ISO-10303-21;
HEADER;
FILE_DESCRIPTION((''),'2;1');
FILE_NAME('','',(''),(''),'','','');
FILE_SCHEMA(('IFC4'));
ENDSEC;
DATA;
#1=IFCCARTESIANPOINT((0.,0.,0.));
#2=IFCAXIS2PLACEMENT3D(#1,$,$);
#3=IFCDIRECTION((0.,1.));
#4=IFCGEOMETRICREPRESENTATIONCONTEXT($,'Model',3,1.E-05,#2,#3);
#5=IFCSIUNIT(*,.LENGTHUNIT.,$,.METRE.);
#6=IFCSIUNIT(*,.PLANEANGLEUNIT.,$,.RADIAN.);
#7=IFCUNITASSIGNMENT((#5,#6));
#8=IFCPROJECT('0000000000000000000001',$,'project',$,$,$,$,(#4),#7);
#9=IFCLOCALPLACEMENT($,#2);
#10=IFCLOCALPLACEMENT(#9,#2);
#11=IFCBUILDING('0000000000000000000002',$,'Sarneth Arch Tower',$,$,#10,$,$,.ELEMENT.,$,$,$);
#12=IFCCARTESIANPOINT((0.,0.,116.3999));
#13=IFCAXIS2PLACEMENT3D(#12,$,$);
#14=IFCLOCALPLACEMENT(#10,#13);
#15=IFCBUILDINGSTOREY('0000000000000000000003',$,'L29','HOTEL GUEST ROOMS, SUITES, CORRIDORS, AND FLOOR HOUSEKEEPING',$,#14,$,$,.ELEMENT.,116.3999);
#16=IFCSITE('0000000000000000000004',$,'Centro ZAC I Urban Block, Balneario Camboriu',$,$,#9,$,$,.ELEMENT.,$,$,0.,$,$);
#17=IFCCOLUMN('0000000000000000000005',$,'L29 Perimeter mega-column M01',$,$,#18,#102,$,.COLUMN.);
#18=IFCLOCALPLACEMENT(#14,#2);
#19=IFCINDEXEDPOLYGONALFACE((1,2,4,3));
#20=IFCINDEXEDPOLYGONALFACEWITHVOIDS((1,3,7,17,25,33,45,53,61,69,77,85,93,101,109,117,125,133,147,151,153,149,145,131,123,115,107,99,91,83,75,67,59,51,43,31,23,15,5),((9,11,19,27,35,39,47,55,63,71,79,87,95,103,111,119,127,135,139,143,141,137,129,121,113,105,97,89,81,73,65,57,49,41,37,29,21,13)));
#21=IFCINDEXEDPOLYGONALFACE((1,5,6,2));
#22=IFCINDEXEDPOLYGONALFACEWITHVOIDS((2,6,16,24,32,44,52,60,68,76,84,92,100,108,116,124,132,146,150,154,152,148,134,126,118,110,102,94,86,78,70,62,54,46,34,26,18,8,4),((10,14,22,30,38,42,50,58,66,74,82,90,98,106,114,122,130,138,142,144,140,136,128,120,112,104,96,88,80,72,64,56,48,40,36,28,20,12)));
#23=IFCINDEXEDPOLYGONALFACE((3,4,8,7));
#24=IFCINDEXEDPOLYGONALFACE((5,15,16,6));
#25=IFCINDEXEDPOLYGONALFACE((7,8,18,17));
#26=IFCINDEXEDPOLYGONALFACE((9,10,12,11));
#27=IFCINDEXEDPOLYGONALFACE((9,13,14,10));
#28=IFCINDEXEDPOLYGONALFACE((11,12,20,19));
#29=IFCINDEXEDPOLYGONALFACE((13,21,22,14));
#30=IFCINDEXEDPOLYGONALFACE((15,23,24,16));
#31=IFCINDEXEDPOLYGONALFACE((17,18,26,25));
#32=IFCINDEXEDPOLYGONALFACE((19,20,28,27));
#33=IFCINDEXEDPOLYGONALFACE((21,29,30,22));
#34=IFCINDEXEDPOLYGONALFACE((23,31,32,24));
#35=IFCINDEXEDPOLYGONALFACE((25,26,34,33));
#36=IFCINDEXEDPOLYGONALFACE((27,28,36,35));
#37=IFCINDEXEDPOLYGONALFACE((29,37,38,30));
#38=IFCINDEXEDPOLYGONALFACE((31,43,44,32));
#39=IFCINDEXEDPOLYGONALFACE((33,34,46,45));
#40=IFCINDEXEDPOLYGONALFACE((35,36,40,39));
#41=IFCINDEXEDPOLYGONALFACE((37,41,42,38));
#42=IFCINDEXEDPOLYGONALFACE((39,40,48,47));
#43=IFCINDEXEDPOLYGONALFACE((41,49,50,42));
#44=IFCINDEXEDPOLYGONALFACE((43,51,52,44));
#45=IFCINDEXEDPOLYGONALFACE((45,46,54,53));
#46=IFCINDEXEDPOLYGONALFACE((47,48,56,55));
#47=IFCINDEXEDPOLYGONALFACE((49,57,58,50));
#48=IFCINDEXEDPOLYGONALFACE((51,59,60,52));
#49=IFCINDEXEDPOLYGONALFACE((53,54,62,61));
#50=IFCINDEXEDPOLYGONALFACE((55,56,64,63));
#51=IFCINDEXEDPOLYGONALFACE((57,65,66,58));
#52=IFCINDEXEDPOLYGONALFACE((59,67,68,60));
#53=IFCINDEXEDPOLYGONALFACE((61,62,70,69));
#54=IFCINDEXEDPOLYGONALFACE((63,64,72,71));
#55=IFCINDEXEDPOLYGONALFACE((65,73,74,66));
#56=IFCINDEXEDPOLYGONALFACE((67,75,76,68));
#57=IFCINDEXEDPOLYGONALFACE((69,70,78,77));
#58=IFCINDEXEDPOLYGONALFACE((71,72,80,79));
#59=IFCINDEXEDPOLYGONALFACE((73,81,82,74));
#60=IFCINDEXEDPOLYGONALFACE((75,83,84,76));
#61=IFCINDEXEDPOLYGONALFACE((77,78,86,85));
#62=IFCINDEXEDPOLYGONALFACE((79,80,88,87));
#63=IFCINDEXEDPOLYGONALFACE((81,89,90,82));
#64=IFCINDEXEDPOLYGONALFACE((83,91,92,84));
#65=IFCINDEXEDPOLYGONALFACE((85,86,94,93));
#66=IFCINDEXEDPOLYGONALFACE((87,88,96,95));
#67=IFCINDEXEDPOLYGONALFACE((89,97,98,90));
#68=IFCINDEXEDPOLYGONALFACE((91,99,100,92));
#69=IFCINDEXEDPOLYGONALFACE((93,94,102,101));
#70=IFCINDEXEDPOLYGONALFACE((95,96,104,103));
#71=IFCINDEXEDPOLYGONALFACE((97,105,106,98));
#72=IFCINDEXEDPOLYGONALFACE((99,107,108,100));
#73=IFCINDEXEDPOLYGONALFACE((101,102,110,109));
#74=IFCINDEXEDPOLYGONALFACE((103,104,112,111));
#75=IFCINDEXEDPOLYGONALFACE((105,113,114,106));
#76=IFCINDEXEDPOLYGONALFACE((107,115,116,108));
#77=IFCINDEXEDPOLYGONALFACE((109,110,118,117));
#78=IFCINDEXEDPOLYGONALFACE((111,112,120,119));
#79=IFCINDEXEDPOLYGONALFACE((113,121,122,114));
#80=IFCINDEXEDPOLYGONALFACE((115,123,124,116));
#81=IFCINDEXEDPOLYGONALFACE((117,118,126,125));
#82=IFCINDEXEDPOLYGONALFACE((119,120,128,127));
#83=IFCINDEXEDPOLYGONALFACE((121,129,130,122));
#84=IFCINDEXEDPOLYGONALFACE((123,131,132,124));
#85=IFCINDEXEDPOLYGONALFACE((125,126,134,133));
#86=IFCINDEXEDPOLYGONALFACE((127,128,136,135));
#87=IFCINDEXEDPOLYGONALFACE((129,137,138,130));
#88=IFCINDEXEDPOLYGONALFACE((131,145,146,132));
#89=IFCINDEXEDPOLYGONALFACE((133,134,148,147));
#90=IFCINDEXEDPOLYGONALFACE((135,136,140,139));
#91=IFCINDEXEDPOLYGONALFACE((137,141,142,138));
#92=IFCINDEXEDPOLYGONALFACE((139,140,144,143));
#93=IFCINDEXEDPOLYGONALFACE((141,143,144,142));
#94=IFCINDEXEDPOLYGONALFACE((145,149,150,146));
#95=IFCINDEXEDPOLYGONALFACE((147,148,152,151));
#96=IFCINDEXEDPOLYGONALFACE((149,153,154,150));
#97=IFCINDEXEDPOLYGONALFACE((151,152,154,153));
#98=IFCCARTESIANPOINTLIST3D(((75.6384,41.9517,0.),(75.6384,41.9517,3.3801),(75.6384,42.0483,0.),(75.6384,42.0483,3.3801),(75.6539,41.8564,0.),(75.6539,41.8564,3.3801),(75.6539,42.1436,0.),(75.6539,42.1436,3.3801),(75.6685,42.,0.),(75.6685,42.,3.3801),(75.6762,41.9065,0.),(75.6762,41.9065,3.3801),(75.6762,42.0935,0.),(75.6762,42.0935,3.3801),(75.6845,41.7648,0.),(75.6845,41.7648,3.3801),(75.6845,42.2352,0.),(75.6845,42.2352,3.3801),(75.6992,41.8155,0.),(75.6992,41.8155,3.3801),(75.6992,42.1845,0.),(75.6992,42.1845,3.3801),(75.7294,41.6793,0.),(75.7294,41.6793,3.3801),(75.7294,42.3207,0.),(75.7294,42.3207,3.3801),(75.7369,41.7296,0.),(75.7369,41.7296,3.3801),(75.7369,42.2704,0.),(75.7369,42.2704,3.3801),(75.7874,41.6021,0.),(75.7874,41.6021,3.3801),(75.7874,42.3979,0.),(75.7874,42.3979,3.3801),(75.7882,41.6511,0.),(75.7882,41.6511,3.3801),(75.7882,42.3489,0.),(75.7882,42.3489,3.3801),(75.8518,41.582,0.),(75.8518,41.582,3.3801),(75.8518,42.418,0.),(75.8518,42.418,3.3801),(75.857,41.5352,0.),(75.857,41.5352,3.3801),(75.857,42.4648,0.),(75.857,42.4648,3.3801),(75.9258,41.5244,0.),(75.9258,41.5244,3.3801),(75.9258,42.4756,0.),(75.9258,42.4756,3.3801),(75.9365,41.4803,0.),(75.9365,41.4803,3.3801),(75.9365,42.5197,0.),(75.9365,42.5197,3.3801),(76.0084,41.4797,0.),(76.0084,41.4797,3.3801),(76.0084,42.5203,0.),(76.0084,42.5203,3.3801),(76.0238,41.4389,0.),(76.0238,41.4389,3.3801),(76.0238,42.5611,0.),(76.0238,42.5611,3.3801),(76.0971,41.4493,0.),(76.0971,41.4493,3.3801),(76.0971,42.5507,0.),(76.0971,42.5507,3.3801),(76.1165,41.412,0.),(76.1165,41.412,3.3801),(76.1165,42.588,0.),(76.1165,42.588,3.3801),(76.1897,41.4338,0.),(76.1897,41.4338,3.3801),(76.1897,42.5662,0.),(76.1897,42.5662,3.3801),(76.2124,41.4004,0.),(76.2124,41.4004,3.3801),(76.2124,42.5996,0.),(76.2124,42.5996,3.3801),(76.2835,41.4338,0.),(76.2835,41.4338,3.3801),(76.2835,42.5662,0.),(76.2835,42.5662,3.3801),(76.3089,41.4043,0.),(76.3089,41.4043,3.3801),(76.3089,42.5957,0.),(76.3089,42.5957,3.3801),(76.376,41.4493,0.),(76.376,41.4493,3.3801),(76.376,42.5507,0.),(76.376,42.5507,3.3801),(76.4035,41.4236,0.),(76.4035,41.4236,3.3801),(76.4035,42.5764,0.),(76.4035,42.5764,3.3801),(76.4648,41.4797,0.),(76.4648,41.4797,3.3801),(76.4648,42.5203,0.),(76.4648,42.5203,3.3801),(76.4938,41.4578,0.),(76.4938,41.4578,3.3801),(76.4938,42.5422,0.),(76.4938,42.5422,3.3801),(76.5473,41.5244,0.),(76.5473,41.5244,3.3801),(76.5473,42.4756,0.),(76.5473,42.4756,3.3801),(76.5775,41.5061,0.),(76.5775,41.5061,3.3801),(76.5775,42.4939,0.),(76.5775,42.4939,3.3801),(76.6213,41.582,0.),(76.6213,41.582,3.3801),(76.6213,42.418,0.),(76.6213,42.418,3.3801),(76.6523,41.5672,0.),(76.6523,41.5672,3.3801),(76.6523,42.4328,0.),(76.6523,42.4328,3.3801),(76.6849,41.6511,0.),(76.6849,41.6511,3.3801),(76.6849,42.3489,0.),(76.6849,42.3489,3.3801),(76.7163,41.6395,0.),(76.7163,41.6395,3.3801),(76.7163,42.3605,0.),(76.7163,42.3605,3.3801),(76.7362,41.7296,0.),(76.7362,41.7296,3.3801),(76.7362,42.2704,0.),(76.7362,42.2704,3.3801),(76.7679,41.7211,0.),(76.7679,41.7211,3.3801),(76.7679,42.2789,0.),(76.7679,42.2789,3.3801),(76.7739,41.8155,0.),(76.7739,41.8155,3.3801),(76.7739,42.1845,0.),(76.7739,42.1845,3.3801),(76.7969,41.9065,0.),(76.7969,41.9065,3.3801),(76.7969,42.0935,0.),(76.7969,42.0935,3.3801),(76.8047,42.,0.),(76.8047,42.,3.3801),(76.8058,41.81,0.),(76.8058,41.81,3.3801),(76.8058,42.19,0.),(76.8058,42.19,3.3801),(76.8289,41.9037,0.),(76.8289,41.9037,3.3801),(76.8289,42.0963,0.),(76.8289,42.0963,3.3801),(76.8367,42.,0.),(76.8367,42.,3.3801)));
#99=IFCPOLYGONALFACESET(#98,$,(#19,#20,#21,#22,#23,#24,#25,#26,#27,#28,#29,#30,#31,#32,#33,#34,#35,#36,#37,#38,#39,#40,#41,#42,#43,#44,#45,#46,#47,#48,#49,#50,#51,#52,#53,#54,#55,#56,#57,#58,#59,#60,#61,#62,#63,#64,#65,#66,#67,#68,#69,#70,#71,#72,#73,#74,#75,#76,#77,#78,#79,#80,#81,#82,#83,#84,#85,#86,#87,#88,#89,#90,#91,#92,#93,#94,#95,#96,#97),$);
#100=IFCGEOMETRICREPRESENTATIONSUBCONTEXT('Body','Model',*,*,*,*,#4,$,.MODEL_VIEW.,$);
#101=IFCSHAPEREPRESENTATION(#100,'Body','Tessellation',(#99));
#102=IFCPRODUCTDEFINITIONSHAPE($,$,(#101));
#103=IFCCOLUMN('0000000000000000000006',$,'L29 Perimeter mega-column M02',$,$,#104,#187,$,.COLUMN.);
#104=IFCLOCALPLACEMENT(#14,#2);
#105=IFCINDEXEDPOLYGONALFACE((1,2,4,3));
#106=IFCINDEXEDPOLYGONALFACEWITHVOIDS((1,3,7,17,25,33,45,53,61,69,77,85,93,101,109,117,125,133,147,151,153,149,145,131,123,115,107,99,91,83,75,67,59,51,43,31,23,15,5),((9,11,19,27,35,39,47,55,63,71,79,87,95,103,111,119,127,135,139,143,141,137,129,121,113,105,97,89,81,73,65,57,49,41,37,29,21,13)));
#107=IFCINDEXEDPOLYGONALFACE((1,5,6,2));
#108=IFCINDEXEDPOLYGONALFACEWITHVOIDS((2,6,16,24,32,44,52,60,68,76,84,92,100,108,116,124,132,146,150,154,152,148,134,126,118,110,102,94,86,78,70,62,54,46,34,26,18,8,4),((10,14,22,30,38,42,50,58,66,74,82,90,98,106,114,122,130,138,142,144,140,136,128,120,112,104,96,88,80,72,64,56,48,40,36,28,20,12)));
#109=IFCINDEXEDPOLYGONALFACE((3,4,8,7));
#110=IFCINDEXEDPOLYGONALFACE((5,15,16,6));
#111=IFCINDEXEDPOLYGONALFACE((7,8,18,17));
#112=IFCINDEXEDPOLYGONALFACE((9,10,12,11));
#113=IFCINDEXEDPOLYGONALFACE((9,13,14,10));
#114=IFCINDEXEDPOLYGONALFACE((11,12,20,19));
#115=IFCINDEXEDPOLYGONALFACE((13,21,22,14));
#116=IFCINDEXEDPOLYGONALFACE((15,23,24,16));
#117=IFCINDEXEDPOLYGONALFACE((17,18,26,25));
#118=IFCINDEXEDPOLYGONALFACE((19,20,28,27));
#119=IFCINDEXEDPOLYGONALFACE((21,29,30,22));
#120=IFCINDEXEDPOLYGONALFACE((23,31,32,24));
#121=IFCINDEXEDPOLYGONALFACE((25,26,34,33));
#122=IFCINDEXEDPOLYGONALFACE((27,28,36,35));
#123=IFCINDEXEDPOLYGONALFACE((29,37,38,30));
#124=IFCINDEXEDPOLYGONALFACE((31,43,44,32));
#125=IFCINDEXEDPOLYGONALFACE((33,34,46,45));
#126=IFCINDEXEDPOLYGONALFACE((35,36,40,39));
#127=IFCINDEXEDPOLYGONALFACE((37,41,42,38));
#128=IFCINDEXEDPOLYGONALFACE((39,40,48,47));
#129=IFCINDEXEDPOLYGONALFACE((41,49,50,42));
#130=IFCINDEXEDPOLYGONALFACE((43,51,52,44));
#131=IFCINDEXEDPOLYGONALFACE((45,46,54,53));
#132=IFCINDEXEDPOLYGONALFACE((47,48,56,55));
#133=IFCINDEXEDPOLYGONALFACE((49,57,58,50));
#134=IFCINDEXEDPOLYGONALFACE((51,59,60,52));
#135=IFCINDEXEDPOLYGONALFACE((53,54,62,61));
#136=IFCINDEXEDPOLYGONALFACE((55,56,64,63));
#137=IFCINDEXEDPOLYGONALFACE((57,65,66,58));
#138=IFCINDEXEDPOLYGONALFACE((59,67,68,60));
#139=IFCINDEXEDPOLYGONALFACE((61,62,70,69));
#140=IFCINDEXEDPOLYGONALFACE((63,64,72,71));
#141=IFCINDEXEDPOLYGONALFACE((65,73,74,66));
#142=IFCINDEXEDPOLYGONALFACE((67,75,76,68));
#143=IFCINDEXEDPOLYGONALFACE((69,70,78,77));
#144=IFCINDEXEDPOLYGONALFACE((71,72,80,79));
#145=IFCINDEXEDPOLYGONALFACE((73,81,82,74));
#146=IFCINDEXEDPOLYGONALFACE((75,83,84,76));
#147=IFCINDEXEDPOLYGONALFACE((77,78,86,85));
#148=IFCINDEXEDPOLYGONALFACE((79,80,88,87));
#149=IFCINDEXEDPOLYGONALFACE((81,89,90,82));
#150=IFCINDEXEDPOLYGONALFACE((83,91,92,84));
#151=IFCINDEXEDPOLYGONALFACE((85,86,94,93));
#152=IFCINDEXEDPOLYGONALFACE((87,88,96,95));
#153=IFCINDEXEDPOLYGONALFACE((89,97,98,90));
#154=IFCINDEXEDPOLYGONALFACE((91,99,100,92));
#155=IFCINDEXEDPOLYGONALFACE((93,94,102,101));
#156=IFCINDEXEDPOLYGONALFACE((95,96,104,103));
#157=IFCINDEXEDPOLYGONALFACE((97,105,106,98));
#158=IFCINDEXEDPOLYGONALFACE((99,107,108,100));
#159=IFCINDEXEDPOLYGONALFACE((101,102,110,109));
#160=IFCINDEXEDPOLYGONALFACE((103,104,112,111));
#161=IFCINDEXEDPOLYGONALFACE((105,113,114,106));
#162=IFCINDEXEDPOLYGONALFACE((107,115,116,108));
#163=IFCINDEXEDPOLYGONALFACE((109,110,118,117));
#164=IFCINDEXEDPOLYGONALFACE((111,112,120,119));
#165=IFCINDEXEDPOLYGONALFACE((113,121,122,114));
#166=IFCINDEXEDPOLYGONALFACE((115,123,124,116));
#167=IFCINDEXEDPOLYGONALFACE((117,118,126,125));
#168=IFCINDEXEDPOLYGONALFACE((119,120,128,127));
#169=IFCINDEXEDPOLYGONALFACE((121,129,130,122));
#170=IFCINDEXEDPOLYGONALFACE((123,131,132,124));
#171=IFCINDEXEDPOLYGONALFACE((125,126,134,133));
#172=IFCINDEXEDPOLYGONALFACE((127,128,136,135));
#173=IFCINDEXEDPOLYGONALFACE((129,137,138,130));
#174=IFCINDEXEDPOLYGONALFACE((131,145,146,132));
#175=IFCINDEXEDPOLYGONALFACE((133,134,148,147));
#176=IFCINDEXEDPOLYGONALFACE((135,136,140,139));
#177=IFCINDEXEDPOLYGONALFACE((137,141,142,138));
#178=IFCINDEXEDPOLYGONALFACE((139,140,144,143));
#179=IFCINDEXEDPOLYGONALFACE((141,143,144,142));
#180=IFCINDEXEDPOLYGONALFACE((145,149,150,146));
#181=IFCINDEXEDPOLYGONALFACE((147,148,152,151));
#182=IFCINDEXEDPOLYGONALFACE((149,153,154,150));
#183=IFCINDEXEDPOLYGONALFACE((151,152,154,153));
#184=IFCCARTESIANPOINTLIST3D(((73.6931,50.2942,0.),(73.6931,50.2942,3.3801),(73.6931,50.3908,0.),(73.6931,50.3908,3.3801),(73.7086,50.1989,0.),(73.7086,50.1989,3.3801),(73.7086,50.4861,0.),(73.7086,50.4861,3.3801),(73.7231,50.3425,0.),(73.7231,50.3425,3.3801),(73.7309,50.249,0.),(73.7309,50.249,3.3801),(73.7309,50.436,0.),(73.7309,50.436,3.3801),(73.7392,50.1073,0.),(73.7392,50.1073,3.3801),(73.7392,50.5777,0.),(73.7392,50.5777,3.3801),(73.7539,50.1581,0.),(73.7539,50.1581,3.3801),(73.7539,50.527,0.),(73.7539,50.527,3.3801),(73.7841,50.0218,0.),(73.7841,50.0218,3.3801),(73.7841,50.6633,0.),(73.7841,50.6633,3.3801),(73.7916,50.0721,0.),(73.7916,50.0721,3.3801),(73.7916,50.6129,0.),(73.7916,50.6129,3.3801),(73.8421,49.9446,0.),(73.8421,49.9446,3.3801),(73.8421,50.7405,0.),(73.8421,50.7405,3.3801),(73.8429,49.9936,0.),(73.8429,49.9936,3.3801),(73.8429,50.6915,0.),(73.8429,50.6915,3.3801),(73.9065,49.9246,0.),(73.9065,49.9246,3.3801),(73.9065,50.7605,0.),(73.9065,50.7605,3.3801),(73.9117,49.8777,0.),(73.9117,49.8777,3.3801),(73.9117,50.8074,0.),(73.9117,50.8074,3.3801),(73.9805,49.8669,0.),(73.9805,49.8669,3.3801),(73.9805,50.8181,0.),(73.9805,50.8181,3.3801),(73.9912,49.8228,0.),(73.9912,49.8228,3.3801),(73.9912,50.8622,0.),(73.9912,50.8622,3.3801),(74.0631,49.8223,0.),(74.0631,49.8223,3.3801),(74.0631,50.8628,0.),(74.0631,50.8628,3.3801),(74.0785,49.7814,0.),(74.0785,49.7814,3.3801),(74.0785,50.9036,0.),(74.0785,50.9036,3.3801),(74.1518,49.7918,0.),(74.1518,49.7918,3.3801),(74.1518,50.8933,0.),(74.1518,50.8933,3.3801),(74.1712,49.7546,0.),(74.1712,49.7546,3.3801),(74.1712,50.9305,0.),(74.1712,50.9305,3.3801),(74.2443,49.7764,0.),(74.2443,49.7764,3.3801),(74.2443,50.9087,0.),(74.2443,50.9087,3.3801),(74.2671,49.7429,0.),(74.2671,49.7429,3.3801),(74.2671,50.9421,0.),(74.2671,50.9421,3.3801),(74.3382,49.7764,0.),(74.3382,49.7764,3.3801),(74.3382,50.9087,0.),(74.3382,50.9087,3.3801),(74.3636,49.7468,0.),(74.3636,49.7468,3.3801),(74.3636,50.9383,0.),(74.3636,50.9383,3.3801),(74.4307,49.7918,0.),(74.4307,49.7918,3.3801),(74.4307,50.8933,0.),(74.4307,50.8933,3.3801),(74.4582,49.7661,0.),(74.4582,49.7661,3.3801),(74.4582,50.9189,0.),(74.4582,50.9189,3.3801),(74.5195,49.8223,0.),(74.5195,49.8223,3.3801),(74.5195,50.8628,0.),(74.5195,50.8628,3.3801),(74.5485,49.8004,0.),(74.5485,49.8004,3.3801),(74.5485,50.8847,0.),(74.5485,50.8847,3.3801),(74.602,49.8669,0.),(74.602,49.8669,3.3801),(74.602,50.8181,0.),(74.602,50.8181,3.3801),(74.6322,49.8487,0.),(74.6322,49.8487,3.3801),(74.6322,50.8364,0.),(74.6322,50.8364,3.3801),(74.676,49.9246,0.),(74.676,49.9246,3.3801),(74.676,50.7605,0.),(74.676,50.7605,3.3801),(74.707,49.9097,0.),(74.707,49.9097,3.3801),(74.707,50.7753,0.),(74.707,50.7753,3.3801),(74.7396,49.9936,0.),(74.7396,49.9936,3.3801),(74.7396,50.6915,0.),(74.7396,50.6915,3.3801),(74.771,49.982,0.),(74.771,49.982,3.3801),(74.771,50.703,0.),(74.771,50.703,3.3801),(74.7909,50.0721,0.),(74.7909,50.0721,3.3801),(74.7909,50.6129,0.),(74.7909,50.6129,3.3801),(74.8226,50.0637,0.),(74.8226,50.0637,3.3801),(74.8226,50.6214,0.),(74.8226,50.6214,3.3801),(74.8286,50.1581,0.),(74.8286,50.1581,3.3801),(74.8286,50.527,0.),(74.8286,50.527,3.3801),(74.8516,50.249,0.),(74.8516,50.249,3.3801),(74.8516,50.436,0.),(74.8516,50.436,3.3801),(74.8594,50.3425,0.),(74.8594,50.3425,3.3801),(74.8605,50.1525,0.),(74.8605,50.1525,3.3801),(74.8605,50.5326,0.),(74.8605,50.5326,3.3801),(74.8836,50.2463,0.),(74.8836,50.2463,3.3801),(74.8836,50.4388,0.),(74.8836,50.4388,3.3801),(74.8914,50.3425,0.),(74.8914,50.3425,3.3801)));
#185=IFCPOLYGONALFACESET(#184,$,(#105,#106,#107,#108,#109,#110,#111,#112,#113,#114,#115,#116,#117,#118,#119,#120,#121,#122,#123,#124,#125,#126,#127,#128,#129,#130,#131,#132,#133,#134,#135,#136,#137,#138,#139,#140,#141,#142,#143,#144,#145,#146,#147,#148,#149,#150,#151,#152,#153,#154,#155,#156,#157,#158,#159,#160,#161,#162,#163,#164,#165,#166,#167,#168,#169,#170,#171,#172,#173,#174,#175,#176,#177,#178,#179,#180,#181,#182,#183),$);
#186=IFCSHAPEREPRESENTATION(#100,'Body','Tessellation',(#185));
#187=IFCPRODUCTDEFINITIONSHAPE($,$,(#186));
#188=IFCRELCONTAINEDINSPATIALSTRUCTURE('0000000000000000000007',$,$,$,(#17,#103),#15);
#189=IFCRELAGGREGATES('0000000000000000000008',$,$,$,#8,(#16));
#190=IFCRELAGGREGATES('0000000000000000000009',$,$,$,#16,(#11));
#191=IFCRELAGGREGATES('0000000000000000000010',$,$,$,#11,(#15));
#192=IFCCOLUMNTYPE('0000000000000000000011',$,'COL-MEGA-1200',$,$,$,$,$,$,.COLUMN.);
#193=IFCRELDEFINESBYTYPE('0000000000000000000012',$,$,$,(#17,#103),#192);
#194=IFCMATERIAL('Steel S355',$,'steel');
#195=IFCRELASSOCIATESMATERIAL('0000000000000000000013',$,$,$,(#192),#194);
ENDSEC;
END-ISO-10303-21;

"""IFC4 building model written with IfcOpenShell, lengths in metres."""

from ifc_helpers import new_model, si_unit, direction, frame, origin, origin_2d, place, context, subcontext, project, spatial, hollow_circle, extrude, material, material_profile, profile_set, type_object, element, save


model = new_model("IFC4")

# Units and contexts
model_context = context("Model", 3, precision=1e-05, world=origin(), true_north=direction((0.0, 1.0)))
body_context = subcontext(model_context, "Body", "Model", "MODEL_VIEW")
ifc_project = project(units=[si_unit("LENGTHUNIT", "METRE"), si_unit("PLANEANGLEUNIT", "RADIAN")], contexts=[model_context])

# Site, building, storey
site_placement = place(None, origin())
site = spatial("IfcSite", under=ifc_project, at=site_placement, Name="Centro ZAC I Urban Block, Balneario Camboriu", CompositionType="ELEMENT", RefElevation=0.0)
building_placement = place(site_placement, origin())
building = spatial("IfcBuilding", under=site, at=building_placement, Name="Sarneth Arch Tower", CompositionType="ELEMENT")
storey_placement = place(building_placement, frame((0.0, 0.0, 116.3999)))
storey = spatial("IfcBuildingStorey", under=building, at=storey_placement, Name="L29", Description="HOTEL GUEST ROOMS, SUITES, CORRIDORS, AND FLOOR HOUSEKEEPING", CompositionType="ELEMENT", Elevation=116.3999)

# Columns
ifc_material_1 = material(Name="Steel S355", Category="steel")
ifc_material_profile_1 = material_profile(ifc_material_1, hollow_circle(Radius=0.6001, WallThickness=0.032, at=origin_2d()), Name="CHS1200x32")
ifc_profile_set_1 = profile_set([ifc_material_profile_1], Name="Steel S355")
column_type = type_object("IfcColumnType", Name="COL-MEGA-1200", PredefinedType="COLUMN", material=ifc_profile_set_1)
for number, where, z_axis, x_axis, name in (
    (1, (76.2366, 42.0, 0.0), (0.0, 0.0, 1.0), (1.0, 0.0, 0.0), "L29 Perimeter mega-column M01"),
    (2, (74.2913, 50.3425, 0.0), (0.0, 0.0, 1.0), (1.0, 0.0, 0.0), "L29 Perimeter mega-column M02"),
):
    element("IfcColumn", number, at=place(storey_placement, frame(where, z_axis=z_axis, x_axis=x_axis)), inside=storey, type_object=column_type, Name=name, PredefinedType="COLUMN", context=body_context, shape_type="SweptSolid", body=[
        extrude(hollow_circle(Radius=0.6001, WallThickness=0.032, at=origin_2d()), origin(), (0.0, 0.0, 1.0), 3.3801),
    ])

save(model, "model.ifc")
